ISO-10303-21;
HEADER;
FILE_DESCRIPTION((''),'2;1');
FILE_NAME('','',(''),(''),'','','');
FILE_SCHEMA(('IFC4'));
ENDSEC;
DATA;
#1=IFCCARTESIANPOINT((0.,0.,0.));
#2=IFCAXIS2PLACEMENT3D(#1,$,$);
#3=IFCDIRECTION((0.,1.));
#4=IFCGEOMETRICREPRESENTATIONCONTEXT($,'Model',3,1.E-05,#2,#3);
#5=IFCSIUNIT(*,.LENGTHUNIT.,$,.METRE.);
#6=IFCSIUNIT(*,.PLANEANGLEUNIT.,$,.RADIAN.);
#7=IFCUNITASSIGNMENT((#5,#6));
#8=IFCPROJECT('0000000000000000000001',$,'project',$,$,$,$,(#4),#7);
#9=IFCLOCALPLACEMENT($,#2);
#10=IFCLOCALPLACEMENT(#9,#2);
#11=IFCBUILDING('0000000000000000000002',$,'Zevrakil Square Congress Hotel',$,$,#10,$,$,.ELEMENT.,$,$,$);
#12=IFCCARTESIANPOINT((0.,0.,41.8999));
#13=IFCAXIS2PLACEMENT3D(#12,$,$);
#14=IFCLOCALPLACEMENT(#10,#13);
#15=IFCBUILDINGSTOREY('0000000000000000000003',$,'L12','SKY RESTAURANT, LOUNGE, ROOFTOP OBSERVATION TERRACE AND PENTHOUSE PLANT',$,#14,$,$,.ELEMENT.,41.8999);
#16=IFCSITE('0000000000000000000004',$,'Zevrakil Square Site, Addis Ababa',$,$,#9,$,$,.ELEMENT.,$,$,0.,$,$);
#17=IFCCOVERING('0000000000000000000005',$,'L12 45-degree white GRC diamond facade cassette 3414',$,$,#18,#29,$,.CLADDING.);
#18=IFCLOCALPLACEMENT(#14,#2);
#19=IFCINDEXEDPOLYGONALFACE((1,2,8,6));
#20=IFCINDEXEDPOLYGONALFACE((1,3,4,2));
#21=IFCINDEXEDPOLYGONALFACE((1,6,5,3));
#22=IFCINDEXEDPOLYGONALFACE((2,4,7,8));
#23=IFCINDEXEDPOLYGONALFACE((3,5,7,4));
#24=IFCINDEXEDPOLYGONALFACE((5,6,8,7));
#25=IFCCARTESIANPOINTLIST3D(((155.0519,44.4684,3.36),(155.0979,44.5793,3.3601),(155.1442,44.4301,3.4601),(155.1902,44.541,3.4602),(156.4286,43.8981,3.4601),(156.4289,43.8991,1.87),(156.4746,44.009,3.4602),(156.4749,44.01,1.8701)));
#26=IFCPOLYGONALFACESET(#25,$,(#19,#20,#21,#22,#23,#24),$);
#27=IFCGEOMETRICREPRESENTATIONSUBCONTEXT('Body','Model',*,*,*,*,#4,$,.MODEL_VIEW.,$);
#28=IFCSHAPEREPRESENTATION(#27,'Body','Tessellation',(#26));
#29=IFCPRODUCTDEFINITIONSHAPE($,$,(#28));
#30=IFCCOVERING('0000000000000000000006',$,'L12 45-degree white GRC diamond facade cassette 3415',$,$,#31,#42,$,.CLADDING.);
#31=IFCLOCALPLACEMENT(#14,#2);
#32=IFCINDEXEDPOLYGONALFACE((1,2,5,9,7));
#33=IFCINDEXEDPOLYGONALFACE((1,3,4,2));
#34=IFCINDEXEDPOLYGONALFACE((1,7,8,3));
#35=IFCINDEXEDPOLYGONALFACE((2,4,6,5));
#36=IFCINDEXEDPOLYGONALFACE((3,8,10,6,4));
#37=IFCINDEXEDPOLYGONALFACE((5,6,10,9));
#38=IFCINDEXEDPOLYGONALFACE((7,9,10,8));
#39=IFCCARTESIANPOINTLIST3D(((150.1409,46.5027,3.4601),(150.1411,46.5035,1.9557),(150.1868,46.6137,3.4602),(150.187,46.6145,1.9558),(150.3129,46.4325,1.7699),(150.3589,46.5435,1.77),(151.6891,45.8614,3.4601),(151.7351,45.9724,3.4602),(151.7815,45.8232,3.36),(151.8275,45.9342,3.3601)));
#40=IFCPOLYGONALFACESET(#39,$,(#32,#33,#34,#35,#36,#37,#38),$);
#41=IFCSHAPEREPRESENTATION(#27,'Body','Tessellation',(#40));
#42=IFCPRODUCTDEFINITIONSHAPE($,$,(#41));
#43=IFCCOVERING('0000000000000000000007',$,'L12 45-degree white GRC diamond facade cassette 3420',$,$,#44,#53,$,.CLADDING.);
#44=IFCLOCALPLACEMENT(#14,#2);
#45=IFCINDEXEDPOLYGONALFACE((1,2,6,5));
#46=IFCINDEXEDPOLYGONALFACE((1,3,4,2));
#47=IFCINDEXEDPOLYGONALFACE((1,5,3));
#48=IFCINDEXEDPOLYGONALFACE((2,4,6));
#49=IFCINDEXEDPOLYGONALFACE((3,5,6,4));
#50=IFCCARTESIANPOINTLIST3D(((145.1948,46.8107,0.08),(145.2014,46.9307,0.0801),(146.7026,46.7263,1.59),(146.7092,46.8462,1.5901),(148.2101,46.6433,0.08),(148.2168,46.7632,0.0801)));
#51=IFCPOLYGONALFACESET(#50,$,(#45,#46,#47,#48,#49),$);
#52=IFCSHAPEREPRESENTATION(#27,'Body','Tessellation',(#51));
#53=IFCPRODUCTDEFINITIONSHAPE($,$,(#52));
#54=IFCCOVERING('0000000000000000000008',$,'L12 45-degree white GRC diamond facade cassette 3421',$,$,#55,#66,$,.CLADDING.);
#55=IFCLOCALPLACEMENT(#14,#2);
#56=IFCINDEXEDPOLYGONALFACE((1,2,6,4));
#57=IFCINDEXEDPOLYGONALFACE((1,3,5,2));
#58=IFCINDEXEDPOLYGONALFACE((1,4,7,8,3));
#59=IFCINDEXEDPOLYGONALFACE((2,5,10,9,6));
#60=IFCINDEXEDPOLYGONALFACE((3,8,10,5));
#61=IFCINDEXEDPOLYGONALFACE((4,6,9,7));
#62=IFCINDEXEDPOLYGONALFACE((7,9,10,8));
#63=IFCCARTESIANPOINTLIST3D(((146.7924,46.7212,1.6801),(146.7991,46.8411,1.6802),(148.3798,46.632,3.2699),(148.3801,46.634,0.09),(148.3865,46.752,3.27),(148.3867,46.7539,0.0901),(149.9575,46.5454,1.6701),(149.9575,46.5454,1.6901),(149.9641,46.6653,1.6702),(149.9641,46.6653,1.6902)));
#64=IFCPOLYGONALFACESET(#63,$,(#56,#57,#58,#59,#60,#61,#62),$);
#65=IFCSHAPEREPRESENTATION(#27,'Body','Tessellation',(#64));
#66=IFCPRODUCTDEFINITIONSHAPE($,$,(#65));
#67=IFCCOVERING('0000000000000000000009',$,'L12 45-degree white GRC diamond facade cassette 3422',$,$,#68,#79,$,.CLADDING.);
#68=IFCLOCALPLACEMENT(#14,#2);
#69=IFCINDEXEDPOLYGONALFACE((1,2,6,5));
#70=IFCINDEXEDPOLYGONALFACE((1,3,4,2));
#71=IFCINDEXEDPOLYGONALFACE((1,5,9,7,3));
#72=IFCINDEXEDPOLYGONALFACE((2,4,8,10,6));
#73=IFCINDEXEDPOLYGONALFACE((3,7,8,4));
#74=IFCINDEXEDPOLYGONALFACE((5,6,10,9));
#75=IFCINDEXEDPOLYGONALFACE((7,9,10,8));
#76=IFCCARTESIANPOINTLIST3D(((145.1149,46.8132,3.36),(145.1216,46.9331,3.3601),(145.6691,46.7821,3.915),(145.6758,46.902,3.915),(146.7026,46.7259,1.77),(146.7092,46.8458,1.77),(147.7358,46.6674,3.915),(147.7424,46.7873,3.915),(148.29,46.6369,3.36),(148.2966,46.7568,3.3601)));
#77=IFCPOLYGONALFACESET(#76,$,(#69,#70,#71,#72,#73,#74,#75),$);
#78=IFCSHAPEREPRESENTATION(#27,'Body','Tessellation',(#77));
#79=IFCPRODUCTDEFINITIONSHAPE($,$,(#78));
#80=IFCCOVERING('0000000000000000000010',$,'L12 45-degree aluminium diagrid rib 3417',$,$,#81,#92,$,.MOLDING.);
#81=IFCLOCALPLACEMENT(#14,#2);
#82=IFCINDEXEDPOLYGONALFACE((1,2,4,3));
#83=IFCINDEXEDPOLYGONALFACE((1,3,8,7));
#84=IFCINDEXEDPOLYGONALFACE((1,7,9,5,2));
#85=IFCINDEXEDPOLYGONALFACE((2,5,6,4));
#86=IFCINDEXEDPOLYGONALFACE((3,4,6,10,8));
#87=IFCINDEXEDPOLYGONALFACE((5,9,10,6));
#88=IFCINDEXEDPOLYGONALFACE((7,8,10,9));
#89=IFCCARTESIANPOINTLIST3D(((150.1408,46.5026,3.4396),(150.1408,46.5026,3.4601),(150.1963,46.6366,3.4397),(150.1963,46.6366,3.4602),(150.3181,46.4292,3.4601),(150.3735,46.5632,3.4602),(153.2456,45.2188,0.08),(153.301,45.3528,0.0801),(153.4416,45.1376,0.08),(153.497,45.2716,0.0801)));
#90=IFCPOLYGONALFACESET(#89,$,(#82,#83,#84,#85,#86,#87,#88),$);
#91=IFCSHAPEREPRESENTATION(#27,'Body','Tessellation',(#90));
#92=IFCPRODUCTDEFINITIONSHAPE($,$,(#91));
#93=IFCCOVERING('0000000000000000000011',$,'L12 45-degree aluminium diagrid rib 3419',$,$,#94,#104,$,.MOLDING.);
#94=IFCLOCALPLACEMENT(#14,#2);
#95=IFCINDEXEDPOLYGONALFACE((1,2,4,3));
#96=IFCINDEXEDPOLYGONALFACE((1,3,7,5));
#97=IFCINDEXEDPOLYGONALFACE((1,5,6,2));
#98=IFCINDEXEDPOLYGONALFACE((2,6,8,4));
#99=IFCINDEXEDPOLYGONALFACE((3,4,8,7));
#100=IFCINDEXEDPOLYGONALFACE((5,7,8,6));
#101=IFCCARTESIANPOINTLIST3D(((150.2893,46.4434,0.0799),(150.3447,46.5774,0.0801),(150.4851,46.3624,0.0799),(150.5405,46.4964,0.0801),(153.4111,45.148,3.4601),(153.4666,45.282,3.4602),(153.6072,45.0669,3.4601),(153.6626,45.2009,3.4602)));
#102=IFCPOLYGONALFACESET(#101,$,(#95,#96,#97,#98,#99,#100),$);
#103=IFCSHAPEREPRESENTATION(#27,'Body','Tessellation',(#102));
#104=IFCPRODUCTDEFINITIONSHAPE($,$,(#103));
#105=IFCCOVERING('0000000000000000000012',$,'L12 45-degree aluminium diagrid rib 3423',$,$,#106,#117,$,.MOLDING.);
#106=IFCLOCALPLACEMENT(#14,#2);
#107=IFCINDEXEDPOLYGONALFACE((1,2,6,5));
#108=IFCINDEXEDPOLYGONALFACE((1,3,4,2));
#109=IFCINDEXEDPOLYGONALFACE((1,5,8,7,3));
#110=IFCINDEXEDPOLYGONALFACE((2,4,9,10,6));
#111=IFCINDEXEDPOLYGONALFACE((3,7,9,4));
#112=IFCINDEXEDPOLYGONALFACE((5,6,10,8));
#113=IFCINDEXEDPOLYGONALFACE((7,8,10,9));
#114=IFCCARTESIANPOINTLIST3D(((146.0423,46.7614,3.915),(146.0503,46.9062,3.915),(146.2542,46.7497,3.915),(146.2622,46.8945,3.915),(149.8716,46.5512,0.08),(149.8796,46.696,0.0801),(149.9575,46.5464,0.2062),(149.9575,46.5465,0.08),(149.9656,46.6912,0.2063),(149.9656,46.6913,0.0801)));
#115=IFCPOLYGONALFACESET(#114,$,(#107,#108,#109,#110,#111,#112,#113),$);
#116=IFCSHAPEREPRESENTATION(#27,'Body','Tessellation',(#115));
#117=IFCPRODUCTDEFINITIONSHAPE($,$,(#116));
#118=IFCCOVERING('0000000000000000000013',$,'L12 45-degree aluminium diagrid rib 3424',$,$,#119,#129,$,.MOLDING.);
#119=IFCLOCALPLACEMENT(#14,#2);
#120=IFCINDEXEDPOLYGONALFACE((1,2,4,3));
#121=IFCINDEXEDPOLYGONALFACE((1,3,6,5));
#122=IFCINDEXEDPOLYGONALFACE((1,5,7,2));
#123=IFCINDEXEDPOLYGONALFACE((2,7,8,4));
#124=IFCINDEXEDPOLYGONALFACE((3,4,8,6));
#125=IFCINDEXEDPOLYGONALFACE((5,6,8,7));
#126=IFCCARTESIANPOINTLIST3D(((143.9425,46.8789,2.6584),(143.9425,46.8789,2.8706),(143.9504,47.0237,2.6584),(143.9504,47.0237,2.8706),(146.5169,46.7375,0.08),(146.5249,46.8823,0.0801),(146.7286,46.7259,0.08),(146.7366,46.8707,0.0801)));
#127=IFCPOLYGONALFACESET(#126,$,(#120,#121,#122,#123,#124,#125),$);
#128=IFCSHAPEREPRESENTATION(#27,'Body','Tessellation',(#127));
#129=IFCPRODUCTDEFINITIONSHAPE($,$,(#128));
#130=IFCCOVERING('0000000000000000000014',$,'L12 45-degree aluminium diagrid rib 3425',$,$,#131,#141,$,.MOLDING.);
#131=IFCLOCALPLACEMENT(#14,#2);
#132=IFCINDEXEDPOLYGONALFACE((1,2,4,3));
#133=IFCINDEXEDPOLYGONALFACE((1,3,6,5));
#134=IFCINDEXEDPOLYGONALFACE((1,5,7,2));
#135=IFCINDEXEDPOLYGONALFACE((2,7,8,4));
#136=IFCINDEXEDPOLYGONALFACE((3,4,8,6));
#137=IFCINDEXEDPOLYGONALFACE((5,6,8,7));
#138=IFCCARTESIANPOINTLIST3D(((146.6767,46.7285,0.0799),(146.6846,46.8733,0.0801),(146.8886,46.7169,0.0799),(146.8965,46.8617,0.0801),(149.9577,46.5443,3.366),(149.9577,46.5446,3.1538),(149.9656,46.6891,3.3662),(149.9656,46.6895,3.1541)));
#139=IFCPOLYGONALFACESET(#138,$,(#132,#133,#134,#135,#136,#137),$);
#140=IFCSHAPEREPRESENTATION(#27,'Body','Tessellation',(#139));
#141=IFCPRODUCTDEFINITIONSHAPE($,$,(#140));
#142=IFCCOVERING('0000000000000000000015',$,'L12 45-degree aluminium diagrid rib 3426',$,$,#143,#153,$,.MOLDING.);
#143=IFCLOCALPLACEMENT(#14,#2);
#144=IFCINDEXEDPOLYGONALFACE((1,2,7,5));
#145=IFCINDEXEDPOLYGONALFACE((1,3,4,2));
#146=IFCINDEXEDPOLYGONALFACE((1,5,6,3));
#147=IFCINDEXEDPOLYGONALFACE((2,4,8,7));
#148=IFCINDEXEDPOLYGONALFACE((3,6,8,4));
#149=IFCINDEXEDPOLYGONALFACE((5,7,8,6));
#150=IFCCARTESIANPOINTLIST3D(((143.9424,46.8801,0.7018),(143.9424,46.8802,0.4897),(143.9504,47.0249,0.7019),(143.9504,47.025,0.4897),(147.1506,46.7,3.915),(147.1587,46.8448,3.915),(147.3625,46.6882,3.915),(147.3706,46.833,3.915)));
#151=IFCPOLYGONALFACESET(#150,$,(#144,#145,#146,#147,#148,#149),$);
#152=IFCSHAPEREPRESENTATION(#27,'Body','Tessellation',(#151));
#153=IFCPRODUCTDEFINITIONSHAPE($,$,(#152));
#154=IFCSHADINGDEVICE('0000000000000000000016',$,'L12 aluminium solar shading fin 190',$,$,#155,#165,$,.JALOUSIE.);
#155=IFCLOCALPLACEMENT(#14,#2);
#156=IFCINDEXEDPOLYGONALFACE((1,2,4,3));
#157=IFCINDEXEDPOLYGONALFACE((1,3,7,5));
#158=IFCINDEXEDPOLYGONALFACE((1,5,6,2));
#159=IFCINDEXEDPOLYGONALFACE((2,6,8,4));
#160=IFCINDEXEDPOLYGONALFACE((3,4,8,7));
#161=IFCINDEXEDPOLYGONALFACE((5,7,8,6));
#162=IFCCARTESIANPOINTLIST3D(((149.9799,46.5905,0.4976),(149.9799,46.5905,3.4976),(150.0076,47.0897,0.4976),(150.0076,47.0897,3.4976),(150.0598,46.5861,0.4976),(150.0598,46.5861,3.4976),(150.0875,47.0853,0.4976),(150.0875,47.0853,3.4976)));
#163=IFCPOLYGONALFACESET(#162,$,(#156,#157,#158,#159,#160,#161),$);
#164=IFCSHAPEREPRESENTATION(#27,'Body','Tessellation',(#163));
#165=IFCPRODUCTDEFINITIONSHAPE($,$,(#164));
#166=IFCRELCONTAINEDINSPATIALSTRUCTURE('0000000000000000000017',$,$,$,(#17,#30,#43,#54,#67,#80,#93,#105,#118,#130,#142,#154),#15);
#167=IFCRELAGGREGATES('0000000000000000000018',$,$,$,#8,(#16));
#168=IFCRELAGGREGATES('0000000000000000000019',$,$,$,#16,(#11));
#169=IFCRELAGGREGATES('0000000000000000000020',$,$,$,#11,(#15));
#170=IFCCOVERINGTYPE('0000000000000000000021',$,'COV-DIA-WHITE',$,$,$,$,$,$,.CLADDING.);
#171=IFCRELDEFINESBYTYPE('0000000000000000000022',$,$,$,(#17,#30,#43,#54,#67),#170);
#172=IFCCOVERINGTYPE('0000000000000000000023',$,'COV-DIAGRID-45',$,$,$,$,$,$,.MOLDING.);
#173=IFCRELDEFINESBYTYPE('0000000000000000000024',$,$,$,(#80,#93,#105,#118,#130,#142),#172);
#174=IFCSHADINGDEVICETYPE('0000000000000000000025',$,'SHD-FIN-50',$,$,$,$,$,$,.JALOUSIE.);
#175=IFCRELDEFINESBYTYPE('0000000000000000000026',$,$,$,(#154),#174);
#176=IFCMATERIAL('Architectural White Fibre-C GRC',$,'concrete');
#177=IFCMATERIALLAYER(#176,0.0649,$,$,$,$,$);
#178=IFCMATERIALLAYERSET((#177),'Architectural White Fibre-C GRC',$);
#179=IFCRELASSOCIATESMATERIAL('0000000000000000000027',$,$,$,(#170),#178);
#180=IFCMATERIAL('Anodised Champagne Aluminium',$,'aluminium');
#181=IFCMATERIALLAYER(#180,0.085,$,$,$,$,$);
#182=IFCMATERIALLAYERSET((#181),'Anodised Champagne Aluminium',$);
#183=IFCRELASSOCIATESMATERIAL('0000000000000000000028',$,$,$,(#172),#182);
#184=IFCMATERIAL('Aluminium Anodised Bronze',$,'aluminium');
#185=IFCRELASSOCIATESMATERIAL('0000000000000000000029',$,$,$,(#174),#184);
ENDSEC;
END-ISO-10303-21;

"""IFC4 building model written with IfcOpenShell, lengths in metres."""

from ifc_helpers import new_model, si_unit, direction, frame, origin, origin_2d, place, context, subcontext, project, spatial, polyline, rectangle, outline, extrude, material, layer, layer_set, type_object, element, save


model = new_model("IFC4")

# Units and contexts
model_context = context("Model", 3, precision=1e-05, world=origin(), true_north=direction((0.0, 1.0)))
body_context = subcontext(model_context, "Body", "Model", "MODEL_VIEW")
ifc_project = project(units=[si_unit("LENGTHUNIT", "METRE"), si_unit("PLANEANGLEUNIT", "RADIAN")], contexts=[model_context])

# Site, building, storey
site_placement = place(None, origin())
site = spatial("IfcSite", under=ifc_project, at=site_placement, Name="Zevrakil Square Site, Addis Ababa", CompositionType="ELEMENT", RefElevation=0.0)
building_placement = place(site_placement, origin())
building = spatial("IfcBuilding", under=site, at=building_placement, Name="Zevrakil Square Congress Hotel", CompositionType="ELEMENT")
storey_placement = place(building_placement, frame((0.0, 0.0, 41.8999)))
storey = spatial("IfcBuildingStorey", under=building, at=storey_placement, Name="L12", Description="SKY RESTAURANT, LOUNGE, ROOFTOP OBSERVATION TERRACE AND PENTHOUSE PLANT", CompositionType="ELEMENT", Elevation=41.8999)

# Coverings
ifc_material_1 = material(Name="Architectural White Fibre-C GRC", Category="concrete")
ifc_layer_1 = layer(ifc_material_1, 0.0649)
ifc_layer_set_1 = layer_set([ifc_layer_1], Name="Architectural White Fibre-C GRC")
covering_type_1 = type_object("IfcCoveringType", Name="COV-DIA-WHITE", PredefinedType="CLADDING", material=ifc_layer_set_1)
covering_1_placement = place(storey_placement, frame((155.0979, 44.5793, 3.3601), z_axis=(0.382678, 0.923881, 0.000646), x_axis=(0.653463, -0.270174, -0.707101)))
element("IfcCovering", 1, at=covering_1_placement, inside=storey, type_object=covering_type_1, Name="L12 45-degree white GRC diamond facade cassette 3414", PredefinedType="CLADDING", context=body_context, shape_type="SweptSolid", body=[
    extrude(outline(polyline([(0.0, 0.0), (2.1072, 0.0), (0.9829, -1.1245), (-0.0001, -0.1414), (0.0, 0.0)])), origin(), (0.0, 0.0, -1.0), 0.1201),
])
covering_2_placement = place(storey_placement, frame((150.3589, 46.5435, 1.77), z_axis=(0.38265, 0.923893, 0.000581), x_axis=(0.6531, -0.270939, 0.707144)))
element("IfcCovering", 2, at=covering_2_placement, inside=storey, type_object=covering_type_1, Name="L12 45-degree white GRC diamond facade cassette 3415", PredefinedType="CLADDING", context=body_context, shape_type="SweptSolid", body=[
    extrude(outline(polyline([(0.0, 0.0), (2.2486, 0.0), (2.2487, -0.1414), (1.0638, -1.3265), (-0.0001, -0.2629), (0.0, 0.0)])), origin(), (0.0, 0.0, -1.0), 0.1201),
])
covering_3_placement = place(storey_placement, frame((146.7092, 46.8462, 1.5901), z_axis=(0.055457, 0.998461, 0.00048), x_axis=(-0.706039, 0.039555, -0.707068)))
element("IfcCovering", 3, at=covering_3_placement, inside=storey, type_object=covering_type_1, Name="L12 45-degree white GRC diamond facade cassette 3420", PredefinedType="CLADDING", context=body_context, shape_type="SweptSolid", body=[
    extrude(outline(polyline([(0.0, 0.0), (2.1356, 0.0), (0.0, -2.1354), (0.0, 0.0)])), origin(), (0.0, 0.0, -1.0), 0.1201),
])
covering_4_placement = place(storey_placement, frame((148.3865, 46.752, 3.27), z_axis=(0.055453, 0.998461, 0.000616), x_axis=(-0.706007, 0.039647, -0.707094)))
element("IfcCovering", 4, at=covering_4_placement, inside=storey, type_object=covering_type_1, Name="L12 45-degree white GRC diamond facade cassette 3421", PredefinedType="CLADDING", context=body_context, shape_type="SweptSolid", body=[
    extrude(outline(polyline([(0.0, 0.0), (2.2484, 0.0), (2.2484, -2.2487), (0.014, -2.2485), (-0.0002, -2.2344), (0.0, 0.0)])), origin(), (0.0, 0.0, -1.0), 0.1201),
])
covering_5_placement = place(storey_placement, frame((145.1216, 46.9331, 3.3601), z_axis=(0.055433, 0.998462, 0.000552), x_axis=(0.70603, -0.038806, -0.707118)))
element("IfcCovering", 5, at=covering_5_placement, inside=storey, type_object=covering_type_1, Name="L12 45-degree white GRC diamond facade cassette 3422", PredefinedType="CLADDING", context=body_context, shape_type="SweptSolid", body=[
    extrude(outline(polyline([(0.0, 0.0), (2.2487, 0.0), (2.2485, -2.2486), (1.4637, -2.2485), (0.0001, -0.7849), (0.0, 0.0)])), origin(), (0.0, 0.0, -1.0), 0.1201),
])
ifc_material_2 = material(Name="Anodised Champagne Aluminium", Category="aluminium")
ifc_layer_2 = layer(ifc_material_2, 0.085)
ifc_layer_set_2 = layer_set([ifc_layer_2], Name="Anodised Champagne Aluminium")
covering_type_2 = type_object("IfcCoveringType", Name="COV-DIAGRID-45", PredefinedType="MOLDING", material=ifc_layer_set_2)
covering_6_placement = place(storey_placement, frame((153.301, 45.3528, 0.0801), z_axis=(0.382495, 0.923958, 0.000396), x_axis=(0.923958, -0.382495, 0.0)))
element("IfcCovering", 6, at=covering_6_placement, inside=storey, type_object=covering_type_2, Name="L12 45-degree aluminium diagrid rib 3417", PredefinedType="MOLDING", context=body_context, shape_type="SweptSolid", body=[
    extrude(outline(polyline([(0.0, 0.0), (0.2121, 0.0), (-3.1679, -3.3801), (-3.3597, -3.3801), (-3.3597, -3.3596), (0.0, 0.0)])), origin(), (0.0, 0.0, -1.0), 0.145),
])
covering_7_placement = place(storey_placement, frame((153.6626, 45.2009, 3.4602), z_axis=(0.382284, 0.924044, 0.001049), x_axis=(-0.924045, 0.382284, 0.0)))
element("IfcCovering", 7, at=covering_7_placement, inside=storey, type_object=covering_type_2, Name="L12 45-degree aluminium diagrid rib 3419", PredefinedType="MOLDING", context=body_context, shape_type="SweptSolid", body=[
    extrude(outline(polyline([(0.0, 0.0), (0.2121, 0.0), (3.5921, -3.3801), (3.3801, -3.3801), (0.0, 0.0)])), origin(), (0.0, 0.0, -1.0), 0.145),
])
covering_8_placement = place(storey_placement, frame((149.8796, 46.696, 0.0801), z_axis=(0.055394, 0.998464, 0.000593), x_axis=(0.998465, -0.055394, -0.000001)))
element("IfcCovering", 8, at=covering_8_placement, inside=storey, type_object=covering_type_2, Name="L12 45-degree aluminium diagrid rib 3423", PredefinedType="MOLDING", context=body_context, shape_type="SweptSolid", body=[
    extrude(outline(polyline([(0.0, 0.0), (0.0861, 0.0), (0.0861, -0.1262), (-3.6229, -3.835), (-3.8351, -3.835), (0.0, 0.0)])), origin(), (0.0, 0.0, -1.0), 0.145),
])
covering_9_placement = place(storey_placement, frame((146.5249, 46.8823, 0.0801), z_axis=(0.055061, 0.998483, 0.000218), x_axis=(0.998483, -0.055061, 0.0)))
element("IfcCovering", 9, at=covering_9_placement, inside=storey, type_object=covering_type_2, Name="L12 45-degree aluminium diagrid rib 3424", PredefinedType="MOLDING", context=body_context, shape_type="SweptSolid", body=[
    extrude(outline(polyline([(0.0, 0.0), (0.212, 0.0), (-2.5783, -2.7905), (-2.5783, -2.5784), (0.0, 0.0)])), origin(), (0.0, 0.0, -1.0), 0.145),
])
covering_10_placement = place(storey_placement, frame((149.9656, 46.6895, 3.1541), z_axis=(0.054482, 0.998514, 0.001564), x_axis=(-0.000023, -0.001565, 0.999999)))
element("IfcCovering", 10, at=covering_10_placement, inside=storey, type_object=covering_type_2, Name="L12 45-degree aluminium diagrid rib 3425", PredefinedType="MOLDING", context=body_context, shape_type="SweptSolid", body=[
    extrude(outline(polyline([(0.0, 0.0), (0.2122, 0.0), (-3.0742, -3.286), (-3.0742, -3.0737), (0.0, 0.0)])), origin(), (0.0, 0.0, -1.0), 0.145),
])
covering_11_placement = place(storey_placement, frame((147.3706, 46.833, 3.915), z_axis=(0.05563, 0.998451, 0.000415), x_axis=(-0.998451, 0.05563, 0.0)))
element("IfcCovering", 11, at=covering_11_placement, inside=storey, type_object=covering_type_2, Name="L12 45-degree aluminium diagrid rib 3426", PredefinedType="MOLDING", context=body_context, shape_type="SweptSolid", body=[
    extrude(outline(polyline([(0.0, 0.0), (0.2122, 0.0), (3.4255, -3.2131), (3.4255, -3.4253), (0.0, 0.0)])), origin(), (0.0, 0.0, -1.0), 0.145),
])

# Shading device
ifc_material_3 = material(Name="Aluminium Anodised Bronze", Category="aluminium")
shading_device_type = type_object("IfcShadingDeviceType", Name="SHD-FIN-50", PredefinedType="JALOUSIE", material=ifc_material_3)
shading_device_placement = place(storey_placement, frame((150.0337, 46.8379, 0.4976), z_axis=(0.0, 0.0, 1.0), x_axis=(0.055421, 0.998463, 0.0)))
element("IfcShadingDevice", 12, at=shading_device_placement, inside=storey, type_object=shading_device_type, Name="L12 aluminium solar shading fin 190", PredefinedType="JALOUSIE", context=body_context, shape_type="SweptSolid", body=[
    extrude(rectangle(XDim=0.5, YDim=0.0801, at=origin_2d()), origin(), (0.0, 0.0, 1.0), 3.0),
])

save(model, "model.ifc")
